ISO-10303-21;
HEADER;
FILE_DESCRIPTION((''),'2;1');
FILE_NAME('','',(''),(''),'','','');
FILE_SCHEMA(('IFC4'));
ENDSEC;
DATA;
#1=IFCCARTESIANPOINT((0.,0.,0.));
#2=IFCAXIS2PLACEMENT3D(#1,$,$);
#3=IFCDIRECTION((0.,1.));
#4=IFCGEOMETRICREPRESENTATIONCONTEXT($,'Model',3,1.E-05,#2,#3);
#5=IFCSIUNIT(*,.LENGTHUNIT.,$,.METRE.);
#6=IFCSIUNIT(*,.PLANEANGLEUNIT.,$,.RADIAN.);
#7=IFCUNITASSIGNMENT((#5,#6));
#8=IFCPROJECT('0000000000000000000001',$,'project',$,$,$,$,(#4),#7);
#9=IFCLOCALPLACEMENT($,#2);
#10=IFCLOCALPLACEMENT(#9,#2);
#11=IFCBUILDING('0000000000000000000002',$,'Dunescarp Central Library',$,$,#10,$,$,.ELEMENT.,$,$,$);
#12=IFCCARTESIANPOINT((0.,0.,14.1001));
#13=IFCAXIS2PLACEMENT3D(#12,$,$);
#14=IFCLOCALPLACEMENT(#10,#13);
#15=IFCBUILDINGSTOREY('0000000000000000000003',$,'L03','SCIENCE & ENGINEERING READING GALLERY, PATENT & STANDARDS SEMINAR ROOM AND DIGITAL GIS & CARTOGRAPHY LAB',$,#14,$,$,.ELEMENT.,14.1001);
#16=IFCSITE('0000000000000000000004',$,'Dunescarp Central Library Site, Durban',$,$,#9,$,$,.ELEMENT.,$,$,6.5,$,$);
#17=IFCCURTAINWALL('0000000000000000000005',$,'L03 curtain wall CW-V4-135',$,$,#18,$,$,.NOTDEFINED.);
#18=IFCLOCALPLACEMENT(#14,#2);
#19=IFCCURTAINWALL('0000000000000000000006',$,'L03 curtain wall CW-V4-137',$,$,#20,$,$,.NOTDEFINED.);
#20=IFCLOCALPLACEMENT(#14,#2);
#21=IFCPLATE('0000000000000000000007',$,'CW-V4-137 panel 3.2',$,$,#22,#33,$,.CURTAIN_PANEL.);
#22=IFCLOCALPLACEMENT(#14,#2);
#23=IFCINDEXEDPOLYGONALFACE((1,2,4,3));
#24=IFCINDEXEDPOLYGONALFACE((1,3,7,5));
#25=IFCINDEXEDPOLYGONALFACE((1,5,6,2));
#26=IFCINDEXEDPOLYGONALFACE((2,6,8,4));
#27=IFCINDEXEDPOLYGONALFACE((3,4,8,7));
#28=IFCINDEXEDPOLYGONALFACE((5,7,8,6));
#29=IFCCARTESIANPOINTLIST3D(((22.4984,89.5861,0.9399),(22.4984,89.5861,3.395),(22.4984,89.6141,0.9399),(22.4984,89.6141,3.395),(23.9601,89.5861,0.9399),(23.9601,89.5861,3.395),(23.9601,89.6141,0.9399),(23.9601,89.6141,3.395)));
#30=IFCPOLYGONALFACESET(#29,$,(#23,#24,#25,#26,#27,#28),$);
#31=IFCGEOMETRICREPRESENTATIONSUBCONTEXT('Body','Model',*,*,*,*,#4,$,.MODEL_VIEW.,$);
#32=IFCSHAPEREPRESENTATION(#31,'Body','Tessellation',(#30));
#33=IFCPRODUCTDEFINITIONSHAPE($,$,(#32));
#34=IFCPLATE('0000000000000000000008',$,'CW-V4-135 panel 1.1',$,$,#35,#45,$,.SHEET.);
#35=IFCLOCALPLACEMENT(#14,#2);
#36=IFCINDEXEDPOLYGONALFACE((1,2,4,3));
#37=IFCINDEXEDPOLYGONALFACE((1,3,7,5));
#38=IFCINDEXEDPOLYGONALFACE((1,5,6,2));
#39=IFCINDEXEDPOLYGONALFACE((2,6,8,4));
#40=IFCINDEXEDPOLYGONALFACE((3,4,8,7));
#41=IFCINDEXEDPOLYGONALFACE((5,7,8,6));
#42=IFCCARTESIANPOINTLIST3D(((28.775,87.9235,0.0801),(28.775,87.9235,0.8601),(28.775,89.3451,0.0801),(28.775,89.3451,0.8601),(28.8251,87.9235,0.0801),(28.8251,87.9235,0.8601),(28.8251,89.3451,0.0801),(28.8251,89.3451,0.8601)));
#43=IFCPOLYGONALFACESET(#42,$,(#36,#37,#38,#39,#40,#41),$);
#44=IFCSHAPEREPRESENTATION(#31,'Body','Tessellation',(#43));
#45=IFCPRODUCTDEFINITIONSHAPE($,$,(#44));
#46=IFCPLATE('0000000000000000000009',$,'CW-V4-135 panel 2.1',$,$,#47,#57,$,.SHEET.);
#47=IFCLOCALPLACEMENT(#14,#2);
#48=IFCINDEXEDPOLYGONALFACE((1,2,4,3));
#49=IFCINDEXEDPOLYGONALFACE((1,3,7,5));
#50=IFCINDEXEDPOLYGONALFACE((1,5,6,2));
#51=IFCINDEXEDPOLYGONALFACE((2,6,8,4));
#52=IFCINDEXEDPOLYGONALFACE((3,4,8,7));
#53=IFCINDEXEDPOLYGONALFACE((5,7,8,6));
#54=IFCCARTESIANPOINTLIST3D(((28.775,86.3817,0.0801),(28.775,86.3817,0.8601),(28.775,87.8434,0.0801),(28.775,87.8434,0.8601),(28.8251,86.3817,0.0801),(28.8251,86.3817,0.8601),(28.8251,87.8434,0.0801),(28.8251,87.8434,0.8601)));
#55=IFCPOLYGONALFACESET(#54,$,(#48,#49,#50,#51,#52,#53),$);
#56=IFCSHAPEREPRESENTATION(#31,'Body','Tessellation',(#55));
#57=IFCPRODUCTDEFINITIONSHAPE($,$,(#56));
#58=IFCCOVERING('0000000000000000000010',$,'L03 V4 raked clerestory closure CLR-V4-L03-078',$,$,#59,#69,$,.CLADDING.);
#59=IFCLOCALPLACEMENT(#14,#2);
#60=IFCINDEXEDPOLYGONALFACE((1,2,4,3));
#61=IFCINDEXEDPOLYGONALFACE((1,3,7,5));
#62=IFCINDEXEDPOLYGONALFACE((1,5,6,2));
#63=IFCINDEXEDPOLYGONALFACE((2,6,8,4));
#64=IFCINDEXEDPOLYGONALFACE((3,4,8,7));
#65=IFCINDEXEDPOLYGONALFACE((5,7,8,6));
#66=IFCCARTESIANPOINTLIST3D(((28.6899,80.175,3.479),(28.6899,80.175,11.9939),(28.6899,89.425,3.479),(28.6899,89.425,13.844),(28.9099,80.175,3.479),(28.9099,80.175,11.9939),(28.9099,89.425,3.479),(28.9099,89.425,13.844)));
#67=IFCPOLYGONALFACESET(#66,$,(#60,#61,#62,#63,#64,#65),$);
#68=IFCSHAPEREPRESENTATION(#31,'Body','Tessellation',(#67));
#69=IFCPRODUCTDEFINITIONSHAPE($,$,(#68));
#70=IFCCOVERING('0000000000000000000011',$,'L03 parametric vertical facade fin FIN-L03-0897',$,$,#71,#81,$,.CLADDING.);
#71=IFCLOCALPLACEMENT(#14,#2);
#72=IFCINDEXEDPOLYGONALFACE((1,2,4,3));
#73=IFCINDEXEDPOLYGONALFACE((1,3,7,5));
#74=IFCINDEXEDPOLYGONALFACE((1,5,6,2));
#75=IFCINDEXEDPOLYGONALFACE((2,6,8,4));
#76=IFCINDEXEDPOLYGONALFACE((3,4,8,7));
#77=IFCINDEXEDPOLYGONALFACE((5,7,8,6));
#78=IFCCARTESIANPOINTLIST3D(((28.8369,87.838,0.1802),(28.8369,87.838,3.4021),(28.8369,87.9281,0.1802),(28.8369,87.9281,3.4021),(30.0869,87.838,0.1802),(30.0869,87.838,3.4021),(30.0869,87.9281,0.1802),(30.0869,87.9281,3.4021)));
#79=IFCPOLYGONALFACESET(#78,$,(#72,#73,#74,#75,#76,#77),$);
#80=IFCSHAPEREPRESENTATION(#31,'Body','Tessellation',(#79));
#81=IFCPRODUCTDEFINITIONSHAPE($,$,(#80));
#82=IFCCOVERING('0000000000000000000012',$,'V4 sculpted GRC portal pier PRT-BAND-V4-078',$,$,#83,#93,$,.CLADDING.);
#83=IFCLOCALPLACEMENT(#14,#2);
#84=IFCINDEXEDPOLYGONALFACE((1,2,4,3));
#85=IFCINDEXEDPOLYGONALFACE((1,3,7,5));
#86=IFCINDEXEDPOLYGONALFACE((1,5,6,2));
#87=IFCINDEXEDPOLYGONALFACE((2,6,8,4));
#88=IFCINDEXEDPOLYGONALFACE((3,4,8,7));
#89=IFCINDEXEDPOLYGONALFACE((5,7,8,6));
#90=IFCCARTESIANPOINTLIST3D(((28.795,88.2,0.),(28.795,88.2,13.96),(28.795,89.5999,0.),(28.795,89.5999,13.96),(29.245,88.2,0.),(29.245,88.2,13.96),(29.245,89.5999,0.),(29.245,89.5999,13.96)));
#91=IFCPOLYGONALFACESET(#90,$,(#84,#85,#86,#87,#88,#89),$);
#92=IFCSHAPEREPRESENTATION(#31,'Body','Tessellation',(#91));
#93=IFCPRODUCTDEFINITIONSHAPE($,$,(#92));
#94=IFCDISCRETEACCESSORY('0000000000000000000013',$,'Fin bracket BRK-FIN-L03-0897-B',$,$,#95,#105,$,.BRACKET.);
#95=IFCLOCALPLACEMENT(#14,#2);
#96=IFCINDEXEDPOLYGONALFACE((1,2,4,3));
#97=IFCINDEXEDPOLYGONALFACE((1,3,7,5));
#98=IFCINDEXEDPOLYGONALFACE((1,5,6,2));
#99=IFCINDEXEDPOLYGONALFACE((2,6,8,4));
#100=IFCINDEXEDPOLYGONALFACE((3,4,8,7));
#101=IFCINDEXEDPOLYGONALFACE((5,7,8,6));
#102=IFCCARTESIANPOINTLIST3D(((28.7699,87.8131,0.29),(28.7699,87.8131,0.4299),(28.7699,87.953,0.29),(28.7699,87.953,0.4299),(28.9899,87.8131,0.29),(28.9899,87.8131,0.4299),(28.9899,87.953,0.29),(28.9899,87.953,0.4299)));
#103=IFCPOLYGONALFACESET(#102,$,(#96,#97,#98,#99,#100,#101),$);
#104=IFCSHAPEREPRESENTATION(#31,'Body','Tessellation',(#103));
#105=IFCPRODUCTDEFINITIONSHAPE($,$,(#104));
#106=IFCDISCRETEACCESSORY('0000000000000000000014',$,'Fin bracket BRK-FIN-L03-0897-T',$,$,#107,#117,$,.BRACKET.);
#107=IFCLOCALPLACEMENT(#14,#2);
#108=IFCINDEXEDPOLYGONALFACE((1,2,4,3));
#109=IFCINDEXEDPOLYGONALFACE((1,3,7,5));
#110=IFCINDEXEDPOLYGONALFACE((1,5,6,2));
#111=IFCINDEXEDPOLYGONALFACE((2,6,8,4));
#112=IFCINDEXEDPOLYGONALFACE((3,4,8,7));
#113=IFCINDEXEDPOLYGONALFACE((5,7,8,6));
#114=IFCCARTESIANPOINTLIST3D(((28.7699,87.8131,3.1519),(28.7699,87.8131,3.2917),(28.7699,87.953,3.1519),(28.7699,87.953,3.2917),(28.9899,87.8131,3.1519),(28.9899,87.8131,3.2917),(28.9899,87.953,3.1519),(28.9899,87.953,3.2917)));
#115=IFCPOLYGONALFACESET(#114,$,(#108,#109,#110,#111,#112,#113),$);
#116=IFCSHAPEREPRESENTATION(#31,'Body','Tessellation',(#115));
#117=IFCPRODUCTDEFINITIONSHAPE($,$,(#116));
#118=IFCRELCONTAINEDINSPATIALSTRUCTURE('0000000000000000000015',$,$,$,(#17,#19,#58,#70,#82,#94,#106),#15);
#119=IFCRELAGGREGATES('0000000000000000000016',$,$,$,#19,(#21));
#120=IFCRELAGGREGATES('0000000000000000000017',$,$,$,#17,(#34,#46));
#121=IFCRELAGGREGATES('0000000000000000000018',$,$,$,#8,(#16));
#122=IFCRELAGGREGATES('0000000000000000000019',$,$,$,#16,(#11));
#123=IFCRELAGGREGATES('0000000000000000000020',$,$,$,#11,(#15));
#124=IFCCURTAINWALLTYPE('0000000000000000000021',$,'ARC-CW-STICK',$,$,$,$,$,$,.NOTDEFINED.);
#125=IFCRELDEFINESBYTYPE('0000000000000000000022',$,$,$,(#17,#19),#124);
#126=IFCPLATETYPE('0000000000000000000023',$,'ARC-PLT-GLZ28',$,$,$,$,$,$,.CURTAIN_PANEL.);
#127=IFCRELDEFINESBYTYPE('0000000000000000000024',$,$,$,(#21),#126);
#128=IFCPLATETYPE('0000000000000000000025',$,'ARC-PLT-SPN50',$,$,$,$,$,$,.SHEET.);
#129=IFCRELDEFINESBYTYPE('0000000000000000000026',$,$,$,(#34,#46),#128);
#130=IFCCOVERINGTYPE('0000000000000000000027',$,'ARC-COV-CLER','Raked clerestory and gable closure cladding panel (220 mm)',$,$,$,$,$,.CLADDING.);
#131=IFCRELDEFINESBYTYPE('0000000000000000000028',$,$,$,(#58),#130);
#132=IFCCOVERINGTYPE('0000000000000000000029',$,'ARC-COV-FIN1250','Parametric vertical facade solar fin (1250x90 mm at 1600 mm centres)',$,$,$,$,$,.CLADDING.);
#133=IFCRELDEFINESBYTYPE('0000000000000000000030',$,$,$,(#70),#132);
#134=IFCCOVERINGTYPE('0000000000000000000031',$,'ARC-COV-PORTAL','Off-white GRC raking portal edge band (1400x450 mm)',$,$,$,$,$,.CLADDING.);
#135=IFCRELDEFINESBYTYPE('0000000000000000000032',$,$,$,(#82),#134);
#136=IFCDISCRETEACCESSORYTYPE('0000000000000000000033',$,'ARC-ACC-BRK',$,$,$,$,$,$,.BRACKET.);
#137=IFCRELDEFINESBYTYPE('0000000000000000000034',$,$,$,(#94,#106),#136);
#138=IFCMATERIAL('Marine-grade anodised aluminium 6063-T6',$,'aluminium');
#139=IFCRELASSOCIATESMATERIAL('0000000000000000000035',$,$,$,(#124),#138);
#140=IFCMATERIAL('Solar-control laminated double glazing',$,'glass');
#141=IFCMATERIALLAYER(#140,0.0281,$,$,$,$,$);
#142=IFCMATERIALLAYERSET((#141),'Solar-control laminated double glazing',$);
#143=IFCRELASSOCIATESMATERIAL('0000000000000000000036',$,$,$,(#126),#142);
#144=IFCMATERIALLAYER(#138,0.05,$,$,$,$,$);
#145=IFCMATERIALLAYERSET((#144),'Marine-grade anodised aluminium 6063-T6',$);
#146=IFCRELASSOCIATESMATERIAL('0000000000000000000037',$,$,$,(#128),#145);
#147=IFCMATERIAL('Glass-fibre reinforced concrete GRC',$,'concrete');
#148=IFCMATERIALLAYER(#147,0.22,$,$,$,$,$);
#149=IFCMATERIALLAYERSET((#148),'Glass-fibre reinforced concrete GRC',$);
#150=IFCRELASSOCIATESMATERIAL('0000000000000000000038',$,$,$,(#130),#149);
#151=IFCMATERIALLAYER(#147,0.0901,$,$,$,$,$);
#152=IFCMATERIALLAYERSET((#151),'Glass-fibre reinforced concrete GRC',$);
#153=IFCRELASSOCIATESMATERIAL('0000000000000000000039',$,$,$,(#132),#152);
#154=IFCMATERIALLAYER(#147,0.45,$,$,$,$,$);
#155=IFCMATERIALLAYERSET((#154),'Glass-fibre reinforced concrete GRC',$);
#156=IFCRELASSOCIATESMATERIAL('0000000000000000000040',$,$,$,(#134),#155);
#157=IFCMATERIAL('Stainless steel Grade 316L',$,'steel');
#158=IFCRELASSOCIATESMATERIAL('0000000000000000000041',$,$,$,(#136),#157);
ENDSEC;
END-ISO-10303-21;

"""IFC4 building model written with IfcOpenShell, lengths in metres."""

from ifc_helpers import new_model, si_unit, direction, frame, origin, origin_2d, place, context, subcontext, project, spatial, polyline, rectangle, outline, extrude, material, layer, layer_set, type_object, element, aggregate, save


model = new_model("IFC4")

# Units and contexts
model_context = context("Model", 3, precision=1e-05, world=origin(), true_north=direction((0.0, 1.0)))
body_context = subcontext(model_context, "Body", "Model", "MODEL_VIEW")
ifc_project = project(units=[si_unit("LENGTHUNIT", "METRE"), si_unit("PLANEANGLEUNIT", "RADIAN")], contexts=[model_context])

# Site, building, storey
site_placement = place(None, origin())
site = spatial("IfcSite", under=ifc_project, at=site_placement, Name="Dunescarp Central Library Site, Durban", CompositionType="ELEMENT", RefElevation=6.5)
building_placement = place(site_placement, origin())
building = spatial("IfcBuilding", under=site, at=building_placement, Name="Dunescarp Central Library", CompositionType="ELEMENT")
storey_placement = place(building_placement, frame((0.0, 0.0, 14.1001)))
storey = spatial("IfcBuildingStorey", under=building, at=storey_placement, Name="L03", Description="SCIENCE & ENGINEERING READING GALLERY, PATENT & STANDARDS SEMINAR ROOM AND DIGITAL GIS & CARTOGRAPHY LAB", CompositionType="ELEMENT", Elevation=14.1001)

# Curtain wall
ifc_material_1 = material(Name="Marine-grade anodised aluminium 6063-T6", Category="aluminium")
curtain_wall_type = type_object("IfcCurtainWallType", Name="ARC-CW-STICK", PredefinedType="NOTDEFINED", material=ifc_material_1)
curtain_wall_1_placement = place(storey_placement, origin())
curtain_wall_1 = element("IfcCurtainWall", 1, at=curtain_wall_1_placement, inside=storey, type_object=curtain_wall_type, Name="L03 curtain wall CW-V4-135", PredefinedType="NOTDEFINED")

# Curtain wall
curtain_wall_2_placement = place(storey_placement, origin())
curtain_wall_2 = element("IfcCurtainWall", 2, at=curtain_wall_2_placement, inside=storey, type_object=curtain_wall_type, Name="L03 curtain wall CW-V4-137", PredefinedType="NOTDEFINED")

# Plates
ifc_material_2 = material(Name="Solar-control laminated double glazing", Category="glass")
ifc_layer_1 = layer(ifc_material_2, 0.0281)
ifc_layer_set_1 = layer_set([ifc_layer_1], Name="Solar-control laminated double glazing")
plate_type_1 = type_object("IfcPlateType", Name="ARC-PLT-GLZ28", PredefinedType="CURTAIN_PANEL", material=ifc_layer_set_1)
plate_1_placement = place(storey_placement, frame((23.2292, 89.6001, 0.9399), z_axis=(0.0, 0.0, 1.0), x_axis=(1.0, 0.0, 0.0)))
plate_1 = element("IfcPlate", 3, at=plate_1_placement, type_object=plate_type_1, Name="CW-V4-137 panel 3.2", PredefinedType="CURTAIN_PANEL", context=body_context, shape_type="SweptSolid", body=[
    extrude(rectangle(XDim=1.4617, YDim=0.0281, at=origin_2d()), origin(), (0.0, 0.0, 1.0), 2.4551),
])
aggregate(curtain_wall_2, [plate_1])
ifc_layer_2 = layer(ifc_material_1, 0.05)
ifc_layer_set_2 = layer_set([ifc_layer_2], Name="Marine-grade anodised aluminium 6063-T6")
plate_type_2 = type_object("IfcPlateType", Name="ARC-PLT-SPN50", PredefinedType="SHEET", material=ifc_layer_set_2)
plate_2_placement = place(storey_placement, frame((28.8, 88.6343, 0.0801), z_axis=(0.0, 0.0, 1.0), x_axis=(0.0, -1.0, 0.0)))
plate_2 = element("IfcPlate", 4, at=plate_2_placement, type_object=plate_type_2, Name="CW-V4-135 panel 1.1", PredefinedType="SHEET", context=body_context, shape_type="SweptSolid", body=[
    extrude(rectangle(XDim=1.4216, YDim=0.05, at=origin_2d()), origin(), (0.0, 0.0, 1.0), 0.78),
])
plate_3_placement = place(storey_placement, frame((28.8, 87.1125, 0.0801), z_axis=(0.0, 0.0, 1.0), x_axis=(0.0, -1.0, 0.0)))
plate_3 = element("IfcPlate", 5, at=plate_3_placement, type_object=plate_type_2, Name="CW-V4-135 panel 2.1", PredefinedType="SHEET", context=body_context, shape_type="SweptSolid", body=[
    extrude(rectangle(XDim=1.4617, YDim=0.05, at=origin_2d()), origin(), (0.0, 0.0, 1.0), 0.78),
])
aggregate(curtain_wall_1, [plate_2, plate_3])

# Coverings
ifc_material_3 = material(Name="Glass-fibre reinforced concrete GRC", Category="concrete")
ifc_layer_3 = layer(ifc_material_3, 0.22)
ifc_layer_set_3 = layer_set([ifc_layer_3], Name="Glass-fibre reinforced concrete GRC")
covering_type_1 = type_object("IfcCoveringType", Name="ARC-COV-CLER", Description="Raked clerestory and gable closure cladding panel (220 mm)", PredefinedType="CLADDING", material=ifc_layer_set_3)
covering_1_placement = place(storey_placement, frame((28.8, 89.425, 3.479), z_axis=(0.0, 0.0, 1.0), x_axis=(0.0, -1.0, 0.0)))
element("IfcCovering", 6, at=covering_1_placement, inside=storey, type_object=covering_type_1, Name="L03 V4 raked clerestory closure CLR-V4-L03-078", PredefinedType="CLADDING", context=body_context, shape_type="SweptSolid", body=[
    extrude(outline(polyline([(0.0, 0.0), (9.25, 0.0), (9.25, 8.5149), (0.0, 10.365), (0.0, 0.0)])), frame((0.0, 0.1099, 0.0), z_axis=(0.0, -1.0, 0.0), x_axis=(1.0, 0.0, 0.0)), (0.0, 0.0, 1.0), 0.22),
])
ifc_layer_4 = layer(ifc_material_3, 0.0901)
ifc_layer_set_4 = layer_set([ifc_layer_4], Name="Glass-fibre reinforced concrete GRC")
covering_type_2 = type_object("IfcCoveringType", Name="ARC-COV-FIN1250", Description="Parametric vertical facade solar fin (1250x90 mm at 1600 mm centres)", PredefinedType="CLADDING", material=ifc_layer_set_4)
covering_2_placement = place(storey_placement, frame((29.4619, 87.8831, 0.1802), z_axis=(0.0, 0.0, 1.0), x_axis=(1.0, 0.0, 0.0)))
element("IfcCovering", 7, at=covering_2_placement, inside=storey, type_object=covering_type_2, Name="L03 parametric vertical facade fin FIN-L03-0897", PredefinedType="CLADDING", context=body_context, shape_type="SweptSolid", body=[
    extrude(rectangle(XDim=1.25, YDim=0.0901, at=origin_2d()), origin(), (0.0, 0.0, 1.0), 3.2219),
])
ifc_layer_5 = layer(ifc_material_3, 0.45)
ifc_layer_set_5 = layer_set([ifc_layer_5], Name="Glass-fibre reinforced concrete GRC")
covering_type_3 = type_object("IfcCoveringType", Name="ARC-COV-PORTAL", Description="Off-white GRC raking portal edge band (1400x450 mm)", PredefinedType="CLADDING", material=ifc_layer_set_5)
covering_3_placement = place(storey_placement, frame((29.02, 88.8999, 0.0), z_axis=(0.0, 0.0, 1.0), x_axis=(1.0, 0.0, 0.0)))
element("IfcCovering", 8, at=covering_3_placement, inside=storey, type_object=covering_type_3, Name="V4 sculpted GRC portal pier PRT-BAND-V4-078", PredefinedType="CLADDING", context=body_context, shape_type="SweptSolid", body=[
    extrude(rectangle(XDim=0.45, YDim=1.3999, at=origin_2d()), origin(), (0.0, 0.0, 1.0), 13.96),
])

# Discrete accessories
ifc_material_4 = material(Name="Stainless steel Grade 316L", Category="steel")
discrete_accessory_type = type_object("IfcDiscreteAccessoryType", Name="ARC-ACC-BRK", PredefinedType="BRACKET", material=ifc_material_4)
for number, where, z_axis, x_axis, name in (
    (9, (28.8799, 87.8831, 0.29), (0.0, 0.0, 1.0), (1.0, 0.0, 0.0), "Fin bracket BRK-FIN-L03-0897-B"),
    (10, (28.8799, 87.8831, 3.1519), (0.0, 0.0, 1.0), (1.0, 0.0, 0.0), "Fin bracket BRK-FIN-L03-0897-T"),
):
    element("IfcDiscreteAccessory", number, at=place(storey_placement, frame(where, z_axis=z_axis, x_axis=x_axis)), inside=storey, type_object=discrete_accessory_type, Name=name, PredefinedType="BRACKET", context=body_context, shape_type="SweptSolid", body=[
        extrude(rectangle(XDim=0.22, YDim=0.1399, at=origin_2d()), origin(), (0.0, 0.0, 1.0), 0.1399),
    ])

save(model, "model.ifc")
